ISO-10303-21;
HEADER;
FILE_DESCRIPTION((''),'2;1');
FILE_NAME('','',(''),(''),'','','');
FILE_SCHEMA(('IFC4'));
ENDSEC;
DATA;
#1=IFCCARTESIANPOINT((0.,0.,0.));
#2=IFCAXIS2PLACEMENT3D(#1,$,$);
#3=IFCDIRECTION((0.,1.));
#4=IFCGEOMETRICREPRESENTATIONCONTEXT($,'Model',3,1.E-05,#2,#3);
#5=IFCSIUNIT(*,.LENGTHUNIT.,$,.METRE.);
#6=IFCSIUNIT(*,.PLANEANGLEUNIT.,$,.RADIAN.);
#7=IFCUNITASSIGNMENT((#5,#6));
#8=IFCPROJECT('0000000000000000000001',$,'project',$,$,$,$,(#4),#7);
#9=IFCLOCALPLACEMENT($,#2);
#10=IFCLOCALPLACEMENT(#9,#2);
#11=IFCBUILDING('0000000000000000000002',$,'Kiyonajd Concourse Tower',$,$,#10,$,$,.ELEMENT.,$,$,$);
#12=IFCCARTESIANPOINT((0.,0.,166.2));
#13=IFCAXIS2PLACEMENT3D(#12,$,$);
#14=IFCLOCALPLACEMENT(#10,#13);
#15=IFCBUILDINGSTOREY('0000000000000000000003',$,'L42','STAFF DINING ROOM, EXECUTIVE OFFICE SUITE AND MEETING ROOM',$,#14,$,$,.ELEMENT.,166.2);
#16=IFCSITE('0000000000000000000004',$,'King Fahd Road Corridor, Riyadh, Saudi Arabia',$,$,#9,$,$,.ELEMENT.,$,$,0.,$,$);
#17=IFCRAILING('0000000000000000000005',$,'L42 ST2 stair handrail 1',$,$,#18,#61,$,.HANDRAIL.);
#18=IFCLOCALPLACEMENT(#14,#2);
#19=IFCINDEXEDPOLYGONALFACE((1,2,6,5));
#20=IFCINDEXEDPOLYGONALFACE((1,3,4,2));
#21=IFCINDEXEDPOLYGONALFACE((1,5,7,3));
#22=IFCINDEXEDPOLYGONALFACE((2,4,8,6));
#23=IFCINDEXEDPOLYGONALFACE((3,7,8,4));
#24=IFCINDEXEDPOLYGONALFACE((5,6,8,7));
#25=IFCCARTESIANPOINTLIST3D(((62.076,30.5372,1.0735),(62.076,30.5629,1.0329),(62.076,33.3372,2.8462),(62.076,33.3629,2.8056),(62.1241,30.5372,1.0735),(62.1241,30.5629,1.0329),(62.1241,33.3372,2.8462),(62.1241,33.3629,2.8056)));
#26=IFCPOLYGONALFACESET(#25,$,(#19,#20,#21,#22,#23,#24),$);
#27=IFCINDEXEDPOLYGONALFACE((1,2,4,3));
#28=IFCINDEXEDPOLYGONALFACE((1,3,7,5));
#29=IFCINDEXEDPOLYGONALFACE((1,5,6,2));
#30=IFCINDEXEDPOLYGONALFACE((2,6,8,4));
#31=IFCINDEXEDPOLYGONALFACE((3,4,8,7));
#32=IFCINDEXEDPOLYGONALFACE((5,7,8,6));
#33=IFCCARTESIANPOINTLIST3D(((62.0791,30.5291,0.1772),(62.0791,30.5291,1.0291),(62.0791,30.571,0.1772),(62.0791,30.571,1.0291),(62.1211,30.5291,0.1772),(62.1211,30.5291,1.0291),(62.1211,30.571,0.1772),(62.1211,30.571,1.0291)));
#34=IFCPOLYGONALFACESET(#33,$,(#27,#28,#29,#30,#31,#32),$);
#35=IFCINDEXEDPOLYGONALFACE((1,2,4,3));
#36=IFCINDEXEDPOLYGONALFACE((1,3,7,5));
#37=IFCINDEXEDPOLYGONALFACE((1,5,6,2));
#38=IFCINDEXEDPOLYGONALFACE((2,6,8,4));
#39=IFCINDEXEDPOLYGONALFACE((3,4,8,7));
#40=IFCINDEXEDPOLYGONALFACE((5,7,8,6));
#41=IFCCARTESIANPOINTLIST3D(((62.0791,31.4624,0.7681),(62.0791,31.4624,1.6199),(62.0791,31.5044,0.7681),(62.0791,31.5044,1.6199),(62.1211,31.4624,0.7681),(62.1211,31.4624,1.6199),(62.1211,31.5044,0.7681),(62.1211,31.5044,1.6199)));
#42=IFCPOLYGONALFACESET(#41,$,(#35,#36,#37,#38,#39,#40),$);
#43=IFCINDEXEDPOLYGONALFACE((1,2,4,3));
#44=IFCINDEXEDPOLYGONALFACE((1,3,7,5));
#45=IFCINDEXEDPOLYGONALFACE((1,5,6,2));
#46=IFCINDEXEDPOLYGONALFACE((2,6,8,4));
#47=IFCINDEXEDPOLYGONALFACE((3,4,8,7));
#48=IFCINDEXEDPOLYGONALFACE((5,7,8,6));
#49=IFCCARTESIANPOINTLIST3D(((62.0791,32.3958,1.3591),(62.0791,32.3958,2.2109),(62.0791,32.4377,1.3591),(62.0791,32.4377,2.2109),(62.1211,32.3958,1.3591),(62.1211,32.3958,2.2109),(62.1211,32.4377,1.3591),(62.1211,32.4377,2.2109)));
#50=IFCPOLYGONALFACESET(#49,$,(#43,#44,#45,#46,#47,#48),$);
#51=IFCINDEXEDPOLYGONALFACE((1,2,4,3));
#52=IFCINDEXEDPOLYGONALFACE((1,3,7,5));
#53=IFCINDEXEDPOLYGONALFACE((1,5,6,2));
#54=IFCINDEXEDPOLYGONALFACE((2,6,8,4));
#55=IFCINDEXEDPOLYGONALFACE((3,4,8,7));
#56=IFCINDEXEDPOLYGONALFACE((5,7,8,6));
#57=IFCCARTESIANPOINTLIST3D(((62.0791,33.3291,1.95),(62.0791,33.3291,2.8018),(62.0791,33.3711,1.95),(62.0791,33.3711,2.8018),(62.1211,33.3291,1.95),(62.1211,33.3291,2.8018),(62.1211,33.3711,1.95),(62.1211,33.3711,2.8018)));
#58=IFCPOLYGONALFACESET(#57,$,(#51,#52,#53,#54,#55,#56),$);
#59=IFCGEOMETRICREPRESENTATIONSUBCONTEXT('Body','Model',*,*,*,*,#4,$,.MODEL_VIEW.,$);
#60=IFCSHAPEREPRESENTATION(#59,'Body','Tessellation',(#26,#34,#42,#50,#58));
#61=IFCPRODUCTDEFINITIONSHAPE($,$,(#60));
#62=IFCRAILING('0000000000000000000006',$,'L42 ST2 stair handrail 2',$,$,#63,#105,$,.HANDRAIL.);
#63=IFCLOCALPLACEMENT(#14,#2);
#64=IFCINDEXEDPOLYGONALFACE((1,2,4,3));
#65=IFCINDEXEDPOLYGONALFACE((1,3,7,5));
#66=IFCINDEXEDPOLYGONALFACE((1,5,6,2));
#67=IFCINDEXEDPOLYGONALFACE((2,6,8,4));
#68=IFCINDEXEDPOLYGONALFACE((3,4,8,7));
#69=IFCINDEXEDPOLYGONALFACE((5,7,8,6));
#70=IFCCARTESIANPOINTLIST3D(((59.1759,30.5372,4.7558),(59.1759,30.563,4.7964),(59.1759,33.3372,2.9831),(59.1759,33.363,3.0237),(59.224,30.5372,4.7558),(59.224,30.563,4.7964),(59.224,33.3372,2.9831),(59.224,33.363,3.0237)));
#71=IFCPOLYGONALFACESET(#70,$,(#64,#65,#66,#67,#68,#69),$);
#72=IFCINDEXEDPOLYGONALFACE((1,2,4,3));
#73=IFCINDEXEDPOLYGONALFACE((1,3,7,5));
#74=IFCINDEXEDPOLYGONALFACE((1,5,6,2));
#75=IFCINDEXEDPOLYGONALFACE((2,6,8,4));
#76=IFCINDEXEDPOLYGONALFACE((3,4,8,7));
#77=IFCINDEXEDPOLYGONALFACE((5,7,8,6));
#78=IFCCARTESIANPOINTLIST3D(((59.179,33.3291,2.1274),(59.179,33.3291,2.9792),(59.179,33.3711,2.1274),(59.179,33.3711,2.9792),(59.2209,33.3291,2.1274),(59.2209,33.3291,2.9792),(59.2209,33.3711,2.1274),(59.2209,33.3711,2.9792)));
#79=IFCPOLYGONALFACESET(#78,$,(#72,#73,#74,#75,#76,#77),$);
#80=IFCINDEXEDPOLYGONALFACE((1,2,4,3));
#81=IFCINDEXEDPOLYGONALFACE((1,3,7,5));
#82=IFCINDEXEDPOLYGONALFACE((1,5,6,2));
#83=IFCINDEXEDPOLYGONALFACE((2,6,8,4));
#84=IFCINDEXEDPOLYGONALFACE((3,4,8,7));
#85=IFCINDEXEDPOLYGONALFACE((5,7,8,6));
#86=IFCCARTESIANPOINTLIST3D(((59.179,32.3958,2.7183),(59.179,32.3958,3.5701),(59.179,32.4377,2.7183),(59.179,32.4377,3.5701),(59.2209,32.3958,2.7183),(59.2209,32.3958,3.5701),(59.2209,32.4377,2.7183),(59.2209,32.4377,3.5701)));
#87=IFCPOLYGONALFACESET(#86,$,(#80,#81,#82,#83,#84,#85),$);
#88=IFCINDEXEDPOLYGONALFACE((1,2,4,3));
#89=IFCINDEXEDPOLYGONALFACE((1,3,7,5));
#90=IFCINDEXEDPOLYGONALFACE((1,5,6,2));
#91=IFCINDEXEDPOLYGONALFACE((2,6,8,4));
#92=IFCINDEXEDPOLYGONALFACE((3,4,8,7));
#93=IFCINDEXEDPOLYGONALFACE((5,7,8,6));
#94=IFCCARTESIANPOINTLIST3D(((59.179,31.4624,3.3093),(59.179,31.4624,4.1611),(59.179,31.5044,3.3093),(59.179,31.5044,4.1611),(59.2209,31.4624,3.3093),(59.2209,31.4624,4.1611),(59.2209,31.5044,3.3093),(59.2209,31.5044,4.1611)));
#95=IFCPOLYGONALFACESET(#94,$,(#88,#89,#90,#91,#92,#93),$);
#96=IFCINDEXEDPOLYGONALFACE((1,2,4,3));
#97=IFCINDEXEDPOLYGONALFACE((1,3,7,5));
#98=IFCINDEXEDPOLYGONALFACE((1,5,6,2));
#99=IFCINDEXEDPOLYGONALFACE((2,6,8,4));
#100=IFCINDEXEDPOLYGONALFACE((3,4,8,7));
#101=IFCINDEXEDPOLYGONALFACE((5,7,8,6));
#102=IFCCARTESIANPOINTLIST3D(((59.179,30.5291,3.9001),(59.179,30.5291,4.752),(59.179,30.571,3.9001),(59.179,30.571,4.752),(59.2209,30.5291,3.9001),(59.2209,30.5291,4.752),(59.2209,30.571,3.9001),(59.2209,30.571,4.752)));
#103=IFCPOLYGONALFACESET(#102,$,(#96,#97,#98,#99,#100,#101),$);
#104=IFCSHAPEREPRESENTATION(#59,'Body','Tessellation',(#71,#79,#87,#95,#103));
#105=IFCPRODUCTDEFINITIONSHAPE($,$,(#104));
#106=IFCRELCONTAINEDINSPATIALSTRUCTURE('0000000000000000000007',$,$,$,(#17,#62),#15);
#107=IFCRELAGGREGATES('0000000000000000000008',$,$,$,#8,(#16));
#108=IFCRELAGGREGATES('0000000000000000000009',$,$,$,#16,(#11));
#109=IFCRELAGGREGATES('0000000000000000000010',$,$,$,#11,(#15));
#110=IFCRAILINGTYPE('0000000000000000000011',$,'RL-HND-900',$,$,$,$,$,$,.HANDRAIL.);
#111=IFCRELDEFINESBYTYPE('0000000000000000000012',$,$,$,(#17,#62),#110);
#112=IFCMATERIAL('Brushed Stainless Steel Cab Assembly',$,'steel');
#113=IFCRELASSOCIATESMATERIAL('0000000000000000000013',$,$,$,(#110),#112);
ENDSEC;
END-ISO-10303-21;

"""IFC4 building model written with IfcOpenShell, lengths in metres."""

from ifc_helpers import new_model, si_unit, direction, frame, origin, origin_2d, place, context, subcontext, project, spatial, rectangle, extrude, material, type_object, element, save


model = new_model("IFC4")

# Units and contexts
model_context = context("Model", 3, precision=1e-05, world=origin(), true_north=direction((0.0, 1.0)))
body_context = subcontext(model_context, "Body", "Model", "MODEL_VIEW")
ifc_project = project(units=[si_unit("LENGTHUNIT", "METRE"), si_unit("PLANEANGLEUNIT", "RADIAN")], contexts=[model_context])

# Site, building, storey
site_placement = place(None, origin())
site = spatial("IfcSite", under=ifc_project, at=site_placement, Name="King Fahd Road Corridor, Riyadh, Saudi Arabia", CompositionType="ELEMENT", RefElevation=0.0)
building_placement = place(site_placement, origin())
building = spatial("IfcBuilding", under=site, at=building_placement, Name="Kiyonajd Concourse Tower", CompositionType="ELEMENT")
storey_placement = place(building_placement, frame((0.0, 0.0, 166.2)))
storey = spatial("IfcBuildingStorey", under=building, at=storey_placement, Name="L42", Description="STAFF DINING ROOM, EXECUTIVE OFFICE SUITE AND MEETING ROOM", CompositionType="ELEMENT", Elevation=166.2)

# Railings
ifc_material_1 = material(Name="Brushed Stainless Steel Cab Assembly", Category="steel")
railing_type_1 = type_object("IfcRailingType", Name="RL-HND-900", PredefinedType="HANDRAIL", material=ifc_material_1)
railing_1_placement = place(storey_placement, frame((62.1001, 30.55, 0.1772)))
element("IfcRailing", 1, at=railing_1_placement, inside=storey, type_object=railing_type_1, Name="L42 ST2 stair handrail 1", PredefinedType="HANDRAIL", context=body_context, shape_type="SweptSolid", body=[
    extrude(rectangle(XDim=0.0481, YDim=0.0481, at=origin_2d()), frame((0.0, 0.0, 0.876), z_axis=(0.0, 0.844909, 0.53491), x_axis=(-1.0, 0.0, 0.0)), (0.0, 0.0, 1.0), 3.314),
    extrude(rectangle(XDim=0.042, YDim=0.042, at=origin_2d()), origin(), (0.0, 0.0, 1.0), 0.8518),
    extrude(rectangle(XDim=0.042, YDim=0.042, at=origin_2d()), frame((0.0, 0.9333, 0.5908)), (0.0, 0.0, 1.0), 0.8518),
    extrude(rectangle(XDim=0.042, YDim=0.042, at=origin_2d()), frame((0.0, 1.8667, 1.1819)), (0.0, 0.0, 1.0), 0.8518),
    extrude(rectangle(XDim=0.042, YDim=0.042, at=origin_2d()), frame((0.0, 2.8, 1.7727)), (0.0, 0.0, 1.0), 0.8518),
])
railing_2_placement = place(storey_placement, frame((59.2, 33.3501, 2.1274)))
element("IfcRailing", 2, at=railing_2_placement, inside=storey, type_object=railing_type_1, Name="L42 ST2 stair handrail 2", PredefinedType="HANDRAIL", context=body_context, shape_type="SweptSolid", body=[
    extrude(rectangle(XDim=0.0481, YDim=0.0481, at=origin_2d()), frame((0.0, 0.0, 0.876), z_axis=(0.0, -0.844909, 0.53491), x_axis=(1.0, 0.0, 0.0)), (0.0, 0.0, 1.0), 3.314),
    extrude(rectangle(XDim=0.042, YDim=0.042, at=origin_2d()), origin(), (0.0, 0.0, 1.0), 0.8518),
    extrude(rectangle(XDim=0.042, YDim=0.042, at=origin_2d()), frame((0.0, -0.9333, 0.5908)), (0.0, 0.0, 1.0), 0.8518),
    extrude(rectangle(XDim=0.042, YDim=0.042, at=origin_2d()), frame((0.0, -1.8667, 1.1819)), (0.0, 0.0, 1.0), 0.8518),
    extrude(rectangle(XDim=0.042, YDim=0.042, at=origin_2d()), frame((0.0, -2.8, 1.7727)), (0.0, 0.0, 1.0), 0.8518),
])

save(model, "model.ifc")
